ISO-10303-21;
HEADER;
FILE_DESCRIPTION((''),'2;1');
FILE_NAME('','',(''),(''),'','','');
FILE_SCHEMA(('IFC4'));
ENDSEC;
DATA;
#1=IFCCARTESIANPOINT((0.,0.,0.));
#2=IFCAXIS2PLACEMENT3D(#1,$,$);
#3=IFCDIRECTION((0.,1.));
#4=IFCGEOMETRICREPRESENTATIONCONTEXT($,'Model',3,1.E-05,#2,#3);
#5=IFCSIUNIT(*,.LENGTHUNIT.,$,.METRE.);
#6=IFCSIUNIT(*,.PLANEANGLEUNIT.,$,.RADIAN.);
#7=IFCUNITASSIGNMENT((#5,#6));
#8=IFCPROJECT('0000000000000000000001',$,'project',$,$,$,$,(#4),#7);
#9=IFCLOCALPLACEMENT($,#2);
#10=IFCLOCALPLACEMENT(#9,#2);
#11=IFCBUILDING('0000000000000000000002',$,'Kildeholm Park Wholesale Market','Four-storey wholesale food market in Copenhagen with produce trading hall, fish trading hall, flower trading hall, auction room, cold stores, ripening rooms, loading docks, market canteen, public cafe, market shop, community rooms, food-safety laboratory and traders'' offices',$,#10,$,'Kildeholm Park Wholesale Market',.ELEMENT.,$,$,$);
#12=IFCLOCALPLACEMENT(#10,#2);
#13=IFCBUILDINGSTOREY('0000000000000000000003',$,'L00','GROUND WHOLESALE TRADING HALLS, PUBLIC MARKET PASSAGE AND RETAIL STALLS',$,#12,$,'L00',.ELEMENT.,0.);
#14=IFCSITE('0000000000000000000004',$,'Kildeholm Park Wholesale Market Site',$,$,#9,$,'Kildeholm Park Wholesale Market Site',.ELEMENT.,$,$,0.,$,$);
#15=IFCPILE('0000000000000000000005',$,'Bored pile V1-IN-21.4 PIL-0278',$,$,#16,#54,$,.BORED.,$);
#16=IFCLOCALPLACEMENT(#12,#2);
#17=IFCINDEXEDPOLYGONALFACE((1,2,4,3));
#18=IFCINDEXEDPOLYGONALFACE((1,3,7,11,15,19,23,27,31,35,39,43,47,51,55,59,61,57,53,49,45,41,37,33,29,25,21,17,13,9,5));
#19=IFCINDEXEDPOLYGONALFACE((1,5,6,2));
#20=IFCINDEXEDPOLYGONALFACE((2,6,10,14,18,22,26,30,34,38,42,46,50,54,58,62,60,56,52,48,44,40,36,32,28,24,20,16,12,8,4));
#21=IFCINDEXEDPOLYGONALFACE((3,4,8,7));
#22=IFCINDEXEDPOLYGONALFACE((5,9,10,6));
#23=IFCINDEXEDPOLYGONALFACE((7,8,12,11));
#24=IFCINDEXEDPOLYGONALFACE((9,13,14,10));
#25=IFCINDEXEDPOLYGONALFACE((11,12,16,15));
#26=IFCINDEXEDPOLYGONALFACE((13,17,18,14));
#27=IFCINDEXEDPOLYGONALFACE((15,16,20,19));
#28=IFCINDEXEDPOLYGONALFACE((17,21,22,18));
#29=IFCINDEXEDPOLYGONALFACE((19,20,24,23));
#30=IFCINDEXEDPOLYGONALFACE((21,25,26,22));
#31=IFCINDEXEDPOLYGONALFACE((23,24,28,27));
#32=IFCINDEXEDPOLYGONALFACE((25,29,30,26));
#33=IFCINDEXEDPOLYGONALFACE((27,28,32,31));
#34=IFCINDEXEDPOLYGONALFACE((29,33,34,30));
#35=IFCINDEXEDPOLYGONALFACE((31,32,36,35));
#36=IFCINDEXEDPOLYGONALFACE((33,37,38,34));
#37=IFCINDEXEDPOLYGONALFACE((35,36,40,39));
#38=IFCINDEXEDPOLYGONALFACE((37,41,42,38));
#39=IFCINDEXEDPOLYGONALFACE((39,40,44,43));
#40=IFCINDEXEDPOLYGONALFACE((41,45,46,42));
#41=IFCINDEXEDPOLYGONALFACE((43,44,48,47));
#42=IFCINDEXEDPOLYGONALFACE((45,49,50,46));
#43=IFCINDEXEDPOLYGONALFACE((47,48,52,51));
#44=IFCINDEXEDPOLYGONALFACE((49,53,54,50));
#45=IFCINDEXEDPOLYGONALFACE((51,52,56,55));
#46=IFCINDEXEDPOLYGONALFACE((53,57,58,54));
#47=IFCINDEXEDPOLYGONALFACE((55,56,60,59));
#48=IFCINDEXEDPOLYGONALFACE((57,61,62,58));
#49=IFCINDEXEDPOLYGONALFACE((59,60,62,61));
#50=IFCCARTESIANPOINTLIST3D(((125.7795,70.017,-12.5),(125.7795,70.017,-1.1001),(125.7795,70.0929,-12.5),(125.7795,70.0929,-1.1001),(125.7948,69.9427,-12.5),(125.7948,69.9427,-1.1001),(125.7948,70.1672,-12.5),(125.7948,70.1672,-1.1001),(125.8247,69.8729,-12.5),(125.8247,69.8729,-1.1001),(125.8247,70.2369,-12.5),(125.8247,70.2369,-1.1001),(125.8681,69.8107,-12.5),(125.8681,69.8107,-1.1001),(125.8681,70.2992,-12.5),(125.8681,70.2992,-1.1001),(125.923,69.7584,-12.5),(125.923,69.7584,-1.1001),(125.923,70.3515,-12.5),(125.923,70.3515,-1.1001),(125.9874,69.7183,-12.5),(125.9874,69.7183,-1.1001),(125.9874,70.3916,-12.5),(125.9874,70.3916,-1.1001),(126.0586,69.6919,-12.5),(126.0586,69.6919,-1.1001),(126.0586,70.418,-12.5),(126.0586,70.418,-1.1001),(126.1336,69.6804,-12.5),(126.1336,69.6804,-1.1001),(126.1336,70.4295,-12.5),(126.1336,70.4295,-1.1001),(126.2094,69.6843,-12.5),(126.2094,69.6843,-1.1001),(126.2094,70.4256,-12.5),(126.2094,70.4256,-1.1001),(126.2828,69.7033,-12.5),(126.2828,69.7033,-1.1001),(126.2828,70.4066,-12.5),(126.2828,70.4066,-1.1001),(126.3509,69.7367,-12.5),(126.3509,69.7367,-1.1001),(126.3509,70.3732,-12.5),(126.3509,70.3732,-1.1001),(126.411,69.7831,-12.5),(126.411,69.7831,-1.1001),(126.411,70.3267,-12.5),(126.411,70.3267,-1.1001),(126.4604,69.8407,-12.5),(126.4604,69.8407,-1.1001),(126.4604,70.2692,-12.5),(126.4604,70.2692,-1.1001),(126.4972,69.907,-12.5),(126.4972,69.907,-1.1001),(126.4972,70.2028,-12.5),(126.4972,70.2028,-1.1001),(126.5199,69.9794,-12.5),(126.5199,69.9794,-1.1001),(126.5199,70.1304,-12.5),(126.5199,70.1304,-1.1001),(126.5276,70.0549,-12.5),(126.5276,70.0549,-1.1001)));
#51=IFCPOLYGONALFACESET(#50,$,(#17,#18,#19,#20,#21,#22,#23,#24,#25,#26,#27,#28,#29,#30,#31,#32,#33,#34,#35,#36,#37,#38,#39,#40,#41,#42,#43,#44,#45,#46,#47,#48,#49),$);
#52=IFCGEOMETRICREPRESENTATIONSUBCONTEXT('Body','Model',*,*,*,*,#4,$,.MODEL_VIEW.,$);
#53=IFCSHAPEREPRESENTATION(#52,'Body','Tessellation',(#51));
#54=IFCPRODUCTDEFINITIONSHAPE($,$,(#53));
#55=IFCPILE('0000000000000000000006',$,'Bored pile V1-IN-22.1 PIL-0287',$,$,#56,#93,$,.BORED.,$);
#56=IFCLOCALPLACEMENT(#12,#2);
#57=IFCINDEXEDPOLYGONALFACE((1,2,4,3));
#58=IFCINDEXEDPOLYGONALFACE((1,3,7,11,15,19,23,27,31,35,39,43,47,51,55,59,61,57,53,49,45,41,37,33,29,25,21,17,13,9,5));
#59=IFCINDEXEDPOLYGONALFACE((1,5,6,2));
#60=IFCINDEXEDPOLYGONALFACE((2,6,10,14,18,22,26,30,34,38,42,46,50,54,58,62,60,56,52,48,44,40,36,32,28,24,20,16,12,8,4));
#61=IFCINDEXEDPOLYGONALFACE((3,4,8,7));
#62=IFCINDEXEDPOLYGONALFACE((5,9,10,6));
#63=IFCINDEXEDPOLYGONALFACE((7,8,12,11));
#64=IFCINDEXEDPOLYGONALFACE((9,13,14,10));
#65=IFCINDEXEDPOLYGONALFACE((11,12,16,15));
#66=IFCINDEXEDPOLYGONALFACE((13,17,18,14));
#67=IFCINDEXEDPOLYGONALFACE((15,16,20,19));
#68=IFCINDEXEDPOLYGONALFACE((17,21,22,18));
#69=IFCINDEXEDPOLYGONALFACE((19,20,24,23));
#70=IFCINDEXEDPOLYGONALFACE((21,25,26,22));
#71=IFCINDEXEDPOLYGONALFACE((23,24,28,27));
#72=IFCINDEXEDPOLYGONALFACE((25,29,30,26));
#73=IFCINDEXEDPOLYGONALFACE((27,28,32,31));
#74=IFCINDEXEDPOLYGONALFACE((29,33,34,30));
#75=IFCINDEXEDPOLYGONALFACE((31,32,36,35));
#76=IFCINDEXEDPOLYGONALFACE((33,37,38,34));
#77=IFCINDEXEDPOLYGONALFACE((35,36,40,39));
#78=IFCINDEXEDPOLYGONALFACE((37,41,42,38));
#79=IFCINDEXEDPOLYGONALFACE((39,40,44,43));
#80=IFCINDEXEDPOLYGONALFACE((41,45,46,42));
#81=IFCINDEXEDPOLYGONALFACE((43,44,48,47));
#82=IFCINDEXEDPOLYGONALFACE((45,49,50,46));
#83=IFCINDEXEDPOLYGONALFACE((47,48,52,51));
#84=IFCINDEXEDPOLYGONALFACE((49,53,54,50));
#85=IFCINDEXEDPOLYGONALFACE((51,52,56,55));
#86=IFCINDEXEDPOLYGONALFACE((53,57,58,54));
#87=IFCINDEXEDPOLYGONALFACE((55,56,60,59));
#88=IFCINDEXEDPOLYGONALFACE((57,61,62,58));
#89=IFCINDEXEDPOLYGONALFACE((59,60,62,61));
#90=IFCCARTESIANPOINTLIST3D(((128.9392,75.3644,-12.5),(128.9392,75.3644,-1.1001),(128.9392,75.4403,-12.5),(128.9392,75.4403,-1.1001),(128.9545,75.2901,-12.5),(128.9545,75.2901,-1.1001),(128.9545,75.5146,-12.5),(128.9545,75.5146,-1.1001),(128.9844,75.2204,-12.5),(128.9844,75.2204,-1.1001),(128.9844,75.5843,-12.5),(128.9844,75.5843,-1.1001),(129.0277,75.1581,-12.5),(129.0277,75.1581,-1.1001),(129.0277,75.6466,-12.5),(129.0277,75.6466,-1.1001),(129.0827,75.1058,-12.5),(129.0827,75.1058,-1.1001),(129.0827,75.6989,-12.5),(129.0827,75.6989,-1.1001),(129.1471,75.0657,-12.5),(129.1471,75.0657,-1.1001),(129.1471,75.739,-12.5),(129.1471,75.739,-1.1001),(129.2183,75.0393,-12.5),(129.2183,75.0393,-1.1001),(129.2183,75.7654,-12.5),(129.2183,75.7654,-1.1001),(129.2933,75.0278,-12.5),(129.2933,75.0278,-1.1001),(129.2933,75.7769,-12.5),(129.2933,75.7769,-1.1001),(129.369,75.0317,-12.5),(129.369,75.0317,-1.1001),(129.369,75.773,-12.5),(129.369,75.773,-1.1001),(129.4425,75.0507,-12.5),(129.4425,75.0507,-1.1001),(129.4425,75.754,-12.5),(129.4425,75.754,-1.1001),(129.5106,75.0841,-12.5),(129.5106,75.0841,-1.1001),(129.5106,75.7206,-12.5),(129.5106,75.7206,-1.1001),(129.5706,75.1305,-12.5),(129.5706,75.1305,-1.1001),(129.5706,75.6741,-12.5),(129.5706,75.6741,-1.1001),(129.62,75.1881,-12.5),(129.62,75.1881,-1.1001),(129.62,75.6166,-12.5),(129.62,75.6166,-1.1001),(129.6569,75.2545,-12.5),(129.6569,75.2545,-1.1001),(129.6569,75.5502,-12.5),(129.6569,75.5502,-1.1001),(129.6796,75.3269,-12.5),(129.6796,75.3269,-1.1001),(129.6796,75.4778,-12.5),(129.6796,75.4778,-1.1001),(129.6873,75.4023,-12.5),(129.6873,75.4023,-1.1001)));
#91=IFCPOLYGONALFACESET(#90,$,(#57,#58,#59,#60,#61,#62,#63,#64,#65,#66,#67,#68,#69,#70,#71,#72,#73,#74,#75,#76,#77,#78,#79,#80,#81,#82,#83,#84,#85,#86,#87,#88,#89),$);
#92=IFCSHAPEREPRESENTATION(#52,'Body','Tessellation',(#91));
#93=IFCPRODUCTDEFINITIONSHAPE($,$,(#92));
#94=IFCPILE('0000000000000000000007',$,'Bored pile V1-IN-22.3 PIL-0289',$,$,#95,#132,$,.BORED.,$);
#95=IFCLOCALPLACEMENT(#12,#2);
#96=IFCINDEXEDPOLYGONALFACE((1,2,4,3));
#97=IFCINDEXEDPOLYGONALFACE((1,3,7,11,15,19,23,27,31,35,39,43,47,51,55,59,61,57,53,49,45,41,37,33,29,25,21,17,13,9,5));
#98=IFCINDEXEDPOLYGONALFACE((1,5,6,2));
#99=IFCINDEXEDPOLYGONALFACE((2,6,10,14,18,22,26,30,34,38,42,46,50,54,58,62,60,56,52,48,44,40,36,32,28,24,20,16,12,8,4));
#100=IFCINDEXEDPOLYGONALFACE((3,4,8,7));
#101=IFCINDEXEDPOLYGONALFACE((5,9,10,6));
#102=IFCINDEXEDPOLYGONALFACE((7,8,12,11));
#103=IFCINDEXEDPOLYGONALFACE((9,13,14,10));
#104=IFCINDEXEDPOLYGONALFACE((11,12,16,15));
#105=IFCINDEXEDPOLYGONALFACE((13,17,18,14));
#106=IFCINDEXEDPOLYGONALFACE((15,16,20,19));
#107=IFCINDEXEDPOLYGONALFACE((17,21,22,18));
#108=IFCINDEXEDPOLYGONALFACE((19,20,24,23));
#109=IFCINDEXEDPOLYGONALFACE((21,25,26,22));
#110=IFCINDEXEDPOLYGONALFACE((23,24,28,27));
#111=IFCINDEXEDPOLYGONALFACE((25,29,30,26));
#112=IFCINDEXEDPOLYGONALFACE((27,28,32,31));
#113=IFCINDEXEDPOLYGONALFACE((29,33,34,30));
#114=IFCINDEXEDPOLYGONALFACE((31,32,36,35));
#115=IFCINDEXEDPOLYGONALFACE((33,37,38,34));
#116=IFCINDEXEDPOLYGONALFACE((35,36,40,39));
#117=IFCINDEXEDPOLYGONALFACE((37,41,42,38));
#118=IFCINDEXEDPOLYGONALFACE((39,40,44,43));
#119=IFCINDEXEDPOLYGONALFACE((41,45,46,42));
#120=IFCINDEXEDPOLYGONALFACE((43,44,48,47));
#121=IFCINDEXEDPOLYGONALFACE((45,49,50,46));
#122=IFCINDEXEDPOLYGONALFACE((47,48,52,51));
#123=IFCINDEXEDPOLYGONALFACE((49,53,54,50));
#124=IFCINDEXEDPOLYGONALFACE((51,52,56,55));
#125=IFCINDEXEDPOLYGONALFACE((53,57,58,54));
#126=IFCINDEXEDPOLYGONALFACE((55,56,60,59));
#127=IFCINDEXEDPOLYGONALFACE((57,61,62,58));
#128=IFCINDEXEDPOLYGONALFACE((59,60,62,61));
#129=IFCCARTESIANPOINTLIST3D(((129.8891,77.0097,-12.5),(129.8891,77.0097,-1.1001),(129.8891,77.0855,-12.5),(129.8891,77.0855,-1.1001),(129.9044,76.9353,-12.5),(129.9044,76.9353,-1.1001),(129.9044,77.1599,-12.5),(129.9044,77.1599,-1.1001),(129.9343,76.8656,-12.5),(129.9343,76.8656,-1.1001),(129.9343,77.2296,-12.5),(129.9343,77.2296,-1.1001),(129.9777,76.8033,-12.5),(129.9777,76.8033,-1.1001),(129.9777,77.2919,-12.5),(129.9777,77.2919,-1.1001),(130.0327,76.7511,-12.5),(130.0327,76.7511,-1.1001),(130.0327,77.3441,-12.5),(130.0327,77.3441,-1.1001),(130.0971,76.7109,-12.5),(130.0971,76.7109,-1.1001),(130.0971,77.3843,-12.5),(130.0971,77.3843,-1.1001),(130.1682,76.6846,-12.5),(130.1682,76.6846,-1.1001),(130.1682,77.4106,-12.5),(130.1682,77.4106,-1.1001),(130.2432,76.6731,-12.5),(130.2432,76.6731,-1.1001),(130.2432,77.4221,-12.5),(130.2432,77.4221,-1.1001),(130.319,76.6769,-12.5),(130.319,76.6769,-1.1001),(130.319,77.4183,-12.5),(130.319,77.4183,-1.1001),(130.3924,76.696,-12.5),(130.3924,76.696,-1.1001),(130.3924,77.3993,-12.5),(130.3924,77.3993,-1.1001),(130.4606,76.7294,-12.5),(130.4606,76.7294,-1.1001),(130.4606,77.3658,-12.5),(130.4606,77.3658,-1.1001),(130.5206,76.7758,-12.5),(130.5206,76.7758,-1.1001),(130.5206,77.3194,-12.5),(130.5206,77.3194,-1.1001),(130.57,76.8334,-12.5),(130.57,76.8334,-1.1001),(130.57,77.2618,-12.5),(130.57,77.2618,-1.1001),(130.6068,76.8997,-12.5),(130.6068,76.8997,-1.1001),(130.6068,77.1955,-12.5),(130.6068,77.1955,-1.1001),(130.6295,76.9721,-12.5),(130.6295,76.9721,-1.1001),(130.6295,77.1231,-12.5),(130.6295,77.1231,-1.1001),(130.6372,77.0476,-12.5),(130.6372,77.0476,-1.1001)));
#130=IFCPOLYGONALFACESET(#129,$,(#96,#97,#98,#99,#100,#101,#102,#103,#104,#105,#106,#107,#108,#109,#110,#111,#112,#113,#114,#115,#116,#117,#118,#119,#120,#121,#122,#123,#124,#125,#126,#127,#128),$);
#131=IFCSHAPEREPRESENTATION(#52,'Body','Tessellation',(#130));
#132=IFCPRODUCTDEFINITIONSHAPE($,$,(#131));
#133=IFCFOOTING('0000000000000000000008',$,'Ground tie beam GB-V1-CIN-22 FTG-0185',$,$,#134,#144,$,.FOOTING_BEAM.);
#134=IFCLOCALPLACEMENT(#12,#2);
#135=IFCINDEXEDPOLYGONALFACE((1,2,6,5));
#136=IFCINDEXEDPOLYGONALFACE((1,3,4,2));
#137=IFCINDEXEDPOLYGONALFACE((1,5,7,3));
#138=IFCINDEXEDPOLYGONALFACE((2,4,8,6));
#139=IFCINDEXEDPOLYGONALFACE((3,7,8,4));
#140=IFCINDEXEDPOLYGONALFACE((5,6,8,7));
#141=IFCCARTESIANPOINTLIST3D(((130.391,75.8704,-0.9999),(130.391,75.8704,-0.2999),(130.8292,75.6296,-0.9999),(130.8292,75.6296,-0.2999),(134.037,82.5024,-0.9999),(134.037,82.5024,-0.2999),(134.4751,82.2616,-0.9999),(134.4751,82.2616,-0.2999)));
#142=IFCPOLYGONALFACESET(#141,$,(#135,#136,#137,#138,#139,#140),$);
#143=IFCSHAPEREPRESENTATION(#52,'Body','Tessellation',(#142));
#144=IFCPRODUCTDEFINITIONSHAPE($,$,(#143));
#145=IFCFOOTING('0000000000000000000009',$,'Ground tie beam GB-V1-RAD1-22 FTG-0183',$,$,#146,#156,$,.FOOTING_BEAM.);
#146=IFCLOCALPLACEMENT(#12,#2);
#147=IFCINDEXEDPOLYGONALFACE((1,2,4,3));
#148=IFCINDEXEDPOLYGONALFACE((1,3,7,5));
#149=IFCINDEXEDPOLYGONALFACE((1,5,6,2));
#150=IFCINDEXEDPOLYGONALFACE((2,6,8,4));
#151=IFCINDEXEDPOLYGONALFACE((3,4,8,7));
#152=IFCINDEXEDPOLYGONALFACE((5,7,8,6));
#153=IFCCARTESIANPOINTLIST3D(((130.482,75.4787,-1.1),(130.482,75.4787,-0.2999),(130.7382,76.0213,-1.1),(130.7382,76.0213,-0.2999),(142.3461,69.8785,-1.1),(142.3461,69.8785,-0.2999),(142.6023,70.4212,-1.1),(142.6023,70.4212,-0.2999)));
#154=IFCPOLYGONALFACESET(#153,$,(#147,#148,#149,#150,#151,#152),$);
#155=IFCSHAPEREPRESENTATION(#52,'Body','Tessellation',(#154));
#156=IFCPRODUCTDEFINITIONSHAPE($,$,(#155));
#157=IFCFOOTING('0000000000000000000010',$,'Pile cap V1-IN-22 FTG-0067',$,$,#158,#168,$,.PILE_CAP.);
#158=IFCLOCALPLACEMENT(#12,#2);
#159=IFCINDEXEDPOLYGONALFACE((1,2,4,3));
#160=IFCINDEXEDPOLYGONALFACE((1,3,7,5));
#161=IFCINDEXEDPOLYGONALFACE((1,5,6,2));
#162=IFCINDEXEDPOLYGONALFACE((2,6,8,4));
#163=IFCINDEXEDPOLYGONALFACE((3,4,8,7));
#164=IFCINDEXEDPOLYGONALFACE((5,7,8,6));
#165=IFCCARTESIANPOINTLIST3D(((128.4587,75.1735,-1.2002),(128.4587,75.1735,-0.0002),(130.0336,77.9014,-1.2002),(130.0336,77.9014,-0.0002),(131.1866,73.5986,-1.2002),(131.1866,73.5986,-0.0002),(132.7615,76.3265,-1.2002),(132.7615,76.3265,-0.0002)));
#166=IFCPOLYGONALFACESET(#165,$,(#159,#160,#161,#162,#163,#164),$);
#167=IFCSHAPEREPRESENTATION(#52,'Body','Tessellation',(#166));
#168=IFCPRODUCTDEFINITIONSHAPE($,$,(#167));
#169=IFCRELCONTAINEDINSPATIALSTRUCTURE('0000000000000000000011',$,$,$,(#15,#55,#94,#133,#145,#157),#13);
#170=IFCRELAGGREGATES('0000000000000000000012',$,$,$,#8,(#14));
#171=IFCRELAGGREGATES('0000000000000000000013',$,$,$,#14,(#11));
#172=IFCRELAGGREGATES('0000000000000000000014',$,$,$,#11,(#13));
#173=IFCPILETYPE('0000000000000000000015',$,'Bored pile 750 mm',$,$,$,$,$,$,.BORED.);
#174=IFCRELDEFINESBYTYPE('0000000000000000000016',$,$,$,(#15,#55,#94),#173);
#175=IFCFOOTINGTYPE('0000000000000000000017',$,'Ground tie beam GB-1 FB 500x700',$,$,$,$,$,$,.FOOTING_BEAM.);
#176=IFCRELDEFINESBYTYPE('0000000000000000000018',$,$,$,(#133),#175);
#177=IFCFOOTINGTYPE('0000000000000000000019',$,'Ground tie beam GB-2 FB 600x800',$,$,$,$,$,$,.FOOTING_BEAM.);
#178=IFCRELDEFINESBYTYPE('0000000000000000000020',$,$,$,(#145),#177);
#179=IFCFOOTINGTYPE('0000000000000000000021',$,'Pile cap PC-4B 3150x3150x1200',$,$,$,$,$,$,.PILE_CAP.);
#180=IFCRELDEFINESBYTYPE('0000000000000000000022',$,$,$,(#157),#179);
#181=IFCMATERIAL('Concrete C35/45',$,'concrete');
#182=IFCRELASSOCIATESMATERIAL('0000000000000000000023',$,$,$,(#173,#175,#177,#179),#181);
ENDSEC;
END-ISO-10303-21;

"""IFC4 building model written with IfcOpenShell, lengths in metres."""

from ifc_helpers import new_model, si_unit, direction, frame, origin, origin_2d, place, context, subcontext, project, spatial, rectangle, circle, extrude, material, material_profile, profile_set, type_object, element, save


model = new_model("IFC4")

# Units and contexts
model_context = context("Model", 3, precision=1e-05, world=origin(), true_north=direction((0.0, 1.0)))
body_context = subcontext(model_context, "Body", "Model", "MODEL_VIEW")
ifc_project = project(units=[si_unit("LENGTHUNIT", "METRE"), si_unit("PLANEANGLEUNIT", "RADIAN")], contexts=[model_context])

# Site, building, storey
site_placement = place(None, origin())
site = spatial("IfcSite", under=ifc_project, at=site_placement, Name="Kildeholm Park Wholesale Market Site", LongName="Kildeholm Park Wholesale Market Site", CompositionType="ELEMENT", RefElevation=0.0)
building_placement = place(site_placement, origin())
building = spatial("IfcBuilding", under=site, at=building_placement, Name="Kildeholm Park Wholesale Market", Description="Four-storey wholesale food market in Copenhagen with produce trading hall, fish trading hall, flower trading hall, auction room, cold stores, ripening rooms, loading docks, market canteen, public cafe, market shop, community rooms, food-safety laboratory and traders' offices", LongName="Kildeholm Park Wholesale Market", CompositionType="ELEMENT")
storey_placement = place(building_placement, origin())
storey = spatial("IfcBuildingStorey", under=building, at=storey_placement, Name="L00", Description="GROUND WHOLESALE TRADING HALLS, PUBLIC MARKET PASSAGE AND RETAIL STALLS", LongName="L00", CompositionType="ELEMENT", Elevation=0.0)

# Piles
ifc_material_1 = material(Name="Concrete C35/45", Category="concrete")
ifc_material_profile_1 = material_profile(ifc_material_1, circle(Radius=0.375, at=origin_2d()), Name="PILE D750")
ifc_profile_set_1 = profile_set([ifc_material_profile_1], Name="Concrete C35/45")
pile_type = type_object("IfcPileType", Name="Bored pile 750 mm", PredefinedType="BORED", material=ifc_profile_set_1)
for number, where, z_axis, x_axis, name in (
    (1, (126.1526, 70.0549, -1.1001), (0.0, 0.0, -1.0), (1.0, 0.0, 0.0), "Bored pile V1-IN-21.4 PIL-0278"),
    (2, (129.3123, 75.4023, -1.1001), (0.0, 0.0, -1.0), (1.0, 0.0, 0.0), "Bored pile V1-IN-22.1 PIL-0287"),
    (3, (130.2622, 77.0476, -1.1001), (0.0, 0.0, -1.0), (1.0, 0.0, 0.0), "Bored pile V1-IN-22.3 PIL-0289"),
):
    element("IfcPile", number, at=place(storey_placement, frame(where, z_axis=z_axis, x_axis=x_axis)), inside=storey, type_object=pile_type, Name=name, PredefinedType="BORED", context=body_context, shape_type="SweptSolid", body=[
        extrude(circle(Radius=0.375, at=origin_2d()), origin(), (0.0, 0.0, 1.0), 11.3999),
    ])

# Footings
ifc_material_profile_2 = material_profile(ifc_material_1, rectangle(XDim=0.5, YDim=0.7, at=origin_2d()), Name="FB 500x700")
ifc_profile_set_2 = profile_set([ifc_material_profile_2], Name="Concrete C35/45")
footing_type_1 = type_object("IfcFootingType", Name="Ground tie beam GB-1 FB 500x700", PredefinedType="FOOTING_BEAM", material=ifc_profile_set_2)
footing_1_placement = place(storey_placement, frame((130.6101, 75.75, -0.6499), z_axis=(0.481752, 0.876308, 0.0), x_axis=(-0.876308, 0.481752, 0.0)))
element("IfcFooting", 4, at=footing_1_placement, inside=storey, type_object=footing_type_1, Name="Ground tie beam GB-V1-CIN-22 FTG-0185", PredefinedType="FOOTING_BEAM", context=body_context, shape_type="SweptSolid", body=[
    extrude(rectangle(XDim=0.5, YDim=0.7, at=origin_2d()), origin(), (0.0, 0.0, 1.0), 7.5681),
])
ifc_material_profile_3 = material_profile(ifc_material_1, rectangle(XDim=0.6001, YDim=0.8, at=origin_2d()), Name="FB 600x800")
ifc_profile_set_3 = profile_set([ifc_material_profile_3], Name="Concrete C35/45")
footing_type_2 = type_object("IfcFootingType", Name="Ground tie beam GB-2 FB 600x800", PredefinedType="FOOTING_BEAM", material=ifc_profile_set_3)
footing_2_placement = place(storey_placement, frame((130.6101, 75.75, -0.7), z_axis=(0.904318, -0.42686, 0.0), x_axis=(0.42686, 0.904318, 0.0)))
element("IfcFooting", 5, at=footing_2_placement, inside=storey, type_object=footing_type_2, Name="Ground tie beam GB-V1-RAD1-22 FTG-0183", PredefinedType="FOOTING_BEAM", context=body_context, shape_type="SweptSolid", body=[
    extrude(rectangle(XDim=0.6001, YDim=0.8, at=origin_2d()), origin(), (0.0, 0.0, 1.0), 13.1194),
])
footing_type_3 = type_object("IfcFootingType", Name="Pile cap PC-4B 3150x3150x1200", PredefinedType="PILE_CAP", material=ifc_material_1)
footing_3_placement = place(storey_placement, frame((130.6101, 75.75, -1.2002), z_axis=(0.0, 0.0, 1.0), x_axis=(0.866025, -0.5, 0.0)))
element("IfcFooting", 6, at=footing_3_placement, inside=storey, type_object=footing_type_3, Name="Pile cap V1-IN-22 FTG-0067", PredefinedType="PILE_CAP", context=body_context, shape_type="SweptSolid", body=[
    extrude(rectangle(XDim=3.1499, YDim=3.1499, at=origin_2d()), origin(), (0.0, 0.0, 1.0), 1.2),
])

save(model, "model.ifc")
